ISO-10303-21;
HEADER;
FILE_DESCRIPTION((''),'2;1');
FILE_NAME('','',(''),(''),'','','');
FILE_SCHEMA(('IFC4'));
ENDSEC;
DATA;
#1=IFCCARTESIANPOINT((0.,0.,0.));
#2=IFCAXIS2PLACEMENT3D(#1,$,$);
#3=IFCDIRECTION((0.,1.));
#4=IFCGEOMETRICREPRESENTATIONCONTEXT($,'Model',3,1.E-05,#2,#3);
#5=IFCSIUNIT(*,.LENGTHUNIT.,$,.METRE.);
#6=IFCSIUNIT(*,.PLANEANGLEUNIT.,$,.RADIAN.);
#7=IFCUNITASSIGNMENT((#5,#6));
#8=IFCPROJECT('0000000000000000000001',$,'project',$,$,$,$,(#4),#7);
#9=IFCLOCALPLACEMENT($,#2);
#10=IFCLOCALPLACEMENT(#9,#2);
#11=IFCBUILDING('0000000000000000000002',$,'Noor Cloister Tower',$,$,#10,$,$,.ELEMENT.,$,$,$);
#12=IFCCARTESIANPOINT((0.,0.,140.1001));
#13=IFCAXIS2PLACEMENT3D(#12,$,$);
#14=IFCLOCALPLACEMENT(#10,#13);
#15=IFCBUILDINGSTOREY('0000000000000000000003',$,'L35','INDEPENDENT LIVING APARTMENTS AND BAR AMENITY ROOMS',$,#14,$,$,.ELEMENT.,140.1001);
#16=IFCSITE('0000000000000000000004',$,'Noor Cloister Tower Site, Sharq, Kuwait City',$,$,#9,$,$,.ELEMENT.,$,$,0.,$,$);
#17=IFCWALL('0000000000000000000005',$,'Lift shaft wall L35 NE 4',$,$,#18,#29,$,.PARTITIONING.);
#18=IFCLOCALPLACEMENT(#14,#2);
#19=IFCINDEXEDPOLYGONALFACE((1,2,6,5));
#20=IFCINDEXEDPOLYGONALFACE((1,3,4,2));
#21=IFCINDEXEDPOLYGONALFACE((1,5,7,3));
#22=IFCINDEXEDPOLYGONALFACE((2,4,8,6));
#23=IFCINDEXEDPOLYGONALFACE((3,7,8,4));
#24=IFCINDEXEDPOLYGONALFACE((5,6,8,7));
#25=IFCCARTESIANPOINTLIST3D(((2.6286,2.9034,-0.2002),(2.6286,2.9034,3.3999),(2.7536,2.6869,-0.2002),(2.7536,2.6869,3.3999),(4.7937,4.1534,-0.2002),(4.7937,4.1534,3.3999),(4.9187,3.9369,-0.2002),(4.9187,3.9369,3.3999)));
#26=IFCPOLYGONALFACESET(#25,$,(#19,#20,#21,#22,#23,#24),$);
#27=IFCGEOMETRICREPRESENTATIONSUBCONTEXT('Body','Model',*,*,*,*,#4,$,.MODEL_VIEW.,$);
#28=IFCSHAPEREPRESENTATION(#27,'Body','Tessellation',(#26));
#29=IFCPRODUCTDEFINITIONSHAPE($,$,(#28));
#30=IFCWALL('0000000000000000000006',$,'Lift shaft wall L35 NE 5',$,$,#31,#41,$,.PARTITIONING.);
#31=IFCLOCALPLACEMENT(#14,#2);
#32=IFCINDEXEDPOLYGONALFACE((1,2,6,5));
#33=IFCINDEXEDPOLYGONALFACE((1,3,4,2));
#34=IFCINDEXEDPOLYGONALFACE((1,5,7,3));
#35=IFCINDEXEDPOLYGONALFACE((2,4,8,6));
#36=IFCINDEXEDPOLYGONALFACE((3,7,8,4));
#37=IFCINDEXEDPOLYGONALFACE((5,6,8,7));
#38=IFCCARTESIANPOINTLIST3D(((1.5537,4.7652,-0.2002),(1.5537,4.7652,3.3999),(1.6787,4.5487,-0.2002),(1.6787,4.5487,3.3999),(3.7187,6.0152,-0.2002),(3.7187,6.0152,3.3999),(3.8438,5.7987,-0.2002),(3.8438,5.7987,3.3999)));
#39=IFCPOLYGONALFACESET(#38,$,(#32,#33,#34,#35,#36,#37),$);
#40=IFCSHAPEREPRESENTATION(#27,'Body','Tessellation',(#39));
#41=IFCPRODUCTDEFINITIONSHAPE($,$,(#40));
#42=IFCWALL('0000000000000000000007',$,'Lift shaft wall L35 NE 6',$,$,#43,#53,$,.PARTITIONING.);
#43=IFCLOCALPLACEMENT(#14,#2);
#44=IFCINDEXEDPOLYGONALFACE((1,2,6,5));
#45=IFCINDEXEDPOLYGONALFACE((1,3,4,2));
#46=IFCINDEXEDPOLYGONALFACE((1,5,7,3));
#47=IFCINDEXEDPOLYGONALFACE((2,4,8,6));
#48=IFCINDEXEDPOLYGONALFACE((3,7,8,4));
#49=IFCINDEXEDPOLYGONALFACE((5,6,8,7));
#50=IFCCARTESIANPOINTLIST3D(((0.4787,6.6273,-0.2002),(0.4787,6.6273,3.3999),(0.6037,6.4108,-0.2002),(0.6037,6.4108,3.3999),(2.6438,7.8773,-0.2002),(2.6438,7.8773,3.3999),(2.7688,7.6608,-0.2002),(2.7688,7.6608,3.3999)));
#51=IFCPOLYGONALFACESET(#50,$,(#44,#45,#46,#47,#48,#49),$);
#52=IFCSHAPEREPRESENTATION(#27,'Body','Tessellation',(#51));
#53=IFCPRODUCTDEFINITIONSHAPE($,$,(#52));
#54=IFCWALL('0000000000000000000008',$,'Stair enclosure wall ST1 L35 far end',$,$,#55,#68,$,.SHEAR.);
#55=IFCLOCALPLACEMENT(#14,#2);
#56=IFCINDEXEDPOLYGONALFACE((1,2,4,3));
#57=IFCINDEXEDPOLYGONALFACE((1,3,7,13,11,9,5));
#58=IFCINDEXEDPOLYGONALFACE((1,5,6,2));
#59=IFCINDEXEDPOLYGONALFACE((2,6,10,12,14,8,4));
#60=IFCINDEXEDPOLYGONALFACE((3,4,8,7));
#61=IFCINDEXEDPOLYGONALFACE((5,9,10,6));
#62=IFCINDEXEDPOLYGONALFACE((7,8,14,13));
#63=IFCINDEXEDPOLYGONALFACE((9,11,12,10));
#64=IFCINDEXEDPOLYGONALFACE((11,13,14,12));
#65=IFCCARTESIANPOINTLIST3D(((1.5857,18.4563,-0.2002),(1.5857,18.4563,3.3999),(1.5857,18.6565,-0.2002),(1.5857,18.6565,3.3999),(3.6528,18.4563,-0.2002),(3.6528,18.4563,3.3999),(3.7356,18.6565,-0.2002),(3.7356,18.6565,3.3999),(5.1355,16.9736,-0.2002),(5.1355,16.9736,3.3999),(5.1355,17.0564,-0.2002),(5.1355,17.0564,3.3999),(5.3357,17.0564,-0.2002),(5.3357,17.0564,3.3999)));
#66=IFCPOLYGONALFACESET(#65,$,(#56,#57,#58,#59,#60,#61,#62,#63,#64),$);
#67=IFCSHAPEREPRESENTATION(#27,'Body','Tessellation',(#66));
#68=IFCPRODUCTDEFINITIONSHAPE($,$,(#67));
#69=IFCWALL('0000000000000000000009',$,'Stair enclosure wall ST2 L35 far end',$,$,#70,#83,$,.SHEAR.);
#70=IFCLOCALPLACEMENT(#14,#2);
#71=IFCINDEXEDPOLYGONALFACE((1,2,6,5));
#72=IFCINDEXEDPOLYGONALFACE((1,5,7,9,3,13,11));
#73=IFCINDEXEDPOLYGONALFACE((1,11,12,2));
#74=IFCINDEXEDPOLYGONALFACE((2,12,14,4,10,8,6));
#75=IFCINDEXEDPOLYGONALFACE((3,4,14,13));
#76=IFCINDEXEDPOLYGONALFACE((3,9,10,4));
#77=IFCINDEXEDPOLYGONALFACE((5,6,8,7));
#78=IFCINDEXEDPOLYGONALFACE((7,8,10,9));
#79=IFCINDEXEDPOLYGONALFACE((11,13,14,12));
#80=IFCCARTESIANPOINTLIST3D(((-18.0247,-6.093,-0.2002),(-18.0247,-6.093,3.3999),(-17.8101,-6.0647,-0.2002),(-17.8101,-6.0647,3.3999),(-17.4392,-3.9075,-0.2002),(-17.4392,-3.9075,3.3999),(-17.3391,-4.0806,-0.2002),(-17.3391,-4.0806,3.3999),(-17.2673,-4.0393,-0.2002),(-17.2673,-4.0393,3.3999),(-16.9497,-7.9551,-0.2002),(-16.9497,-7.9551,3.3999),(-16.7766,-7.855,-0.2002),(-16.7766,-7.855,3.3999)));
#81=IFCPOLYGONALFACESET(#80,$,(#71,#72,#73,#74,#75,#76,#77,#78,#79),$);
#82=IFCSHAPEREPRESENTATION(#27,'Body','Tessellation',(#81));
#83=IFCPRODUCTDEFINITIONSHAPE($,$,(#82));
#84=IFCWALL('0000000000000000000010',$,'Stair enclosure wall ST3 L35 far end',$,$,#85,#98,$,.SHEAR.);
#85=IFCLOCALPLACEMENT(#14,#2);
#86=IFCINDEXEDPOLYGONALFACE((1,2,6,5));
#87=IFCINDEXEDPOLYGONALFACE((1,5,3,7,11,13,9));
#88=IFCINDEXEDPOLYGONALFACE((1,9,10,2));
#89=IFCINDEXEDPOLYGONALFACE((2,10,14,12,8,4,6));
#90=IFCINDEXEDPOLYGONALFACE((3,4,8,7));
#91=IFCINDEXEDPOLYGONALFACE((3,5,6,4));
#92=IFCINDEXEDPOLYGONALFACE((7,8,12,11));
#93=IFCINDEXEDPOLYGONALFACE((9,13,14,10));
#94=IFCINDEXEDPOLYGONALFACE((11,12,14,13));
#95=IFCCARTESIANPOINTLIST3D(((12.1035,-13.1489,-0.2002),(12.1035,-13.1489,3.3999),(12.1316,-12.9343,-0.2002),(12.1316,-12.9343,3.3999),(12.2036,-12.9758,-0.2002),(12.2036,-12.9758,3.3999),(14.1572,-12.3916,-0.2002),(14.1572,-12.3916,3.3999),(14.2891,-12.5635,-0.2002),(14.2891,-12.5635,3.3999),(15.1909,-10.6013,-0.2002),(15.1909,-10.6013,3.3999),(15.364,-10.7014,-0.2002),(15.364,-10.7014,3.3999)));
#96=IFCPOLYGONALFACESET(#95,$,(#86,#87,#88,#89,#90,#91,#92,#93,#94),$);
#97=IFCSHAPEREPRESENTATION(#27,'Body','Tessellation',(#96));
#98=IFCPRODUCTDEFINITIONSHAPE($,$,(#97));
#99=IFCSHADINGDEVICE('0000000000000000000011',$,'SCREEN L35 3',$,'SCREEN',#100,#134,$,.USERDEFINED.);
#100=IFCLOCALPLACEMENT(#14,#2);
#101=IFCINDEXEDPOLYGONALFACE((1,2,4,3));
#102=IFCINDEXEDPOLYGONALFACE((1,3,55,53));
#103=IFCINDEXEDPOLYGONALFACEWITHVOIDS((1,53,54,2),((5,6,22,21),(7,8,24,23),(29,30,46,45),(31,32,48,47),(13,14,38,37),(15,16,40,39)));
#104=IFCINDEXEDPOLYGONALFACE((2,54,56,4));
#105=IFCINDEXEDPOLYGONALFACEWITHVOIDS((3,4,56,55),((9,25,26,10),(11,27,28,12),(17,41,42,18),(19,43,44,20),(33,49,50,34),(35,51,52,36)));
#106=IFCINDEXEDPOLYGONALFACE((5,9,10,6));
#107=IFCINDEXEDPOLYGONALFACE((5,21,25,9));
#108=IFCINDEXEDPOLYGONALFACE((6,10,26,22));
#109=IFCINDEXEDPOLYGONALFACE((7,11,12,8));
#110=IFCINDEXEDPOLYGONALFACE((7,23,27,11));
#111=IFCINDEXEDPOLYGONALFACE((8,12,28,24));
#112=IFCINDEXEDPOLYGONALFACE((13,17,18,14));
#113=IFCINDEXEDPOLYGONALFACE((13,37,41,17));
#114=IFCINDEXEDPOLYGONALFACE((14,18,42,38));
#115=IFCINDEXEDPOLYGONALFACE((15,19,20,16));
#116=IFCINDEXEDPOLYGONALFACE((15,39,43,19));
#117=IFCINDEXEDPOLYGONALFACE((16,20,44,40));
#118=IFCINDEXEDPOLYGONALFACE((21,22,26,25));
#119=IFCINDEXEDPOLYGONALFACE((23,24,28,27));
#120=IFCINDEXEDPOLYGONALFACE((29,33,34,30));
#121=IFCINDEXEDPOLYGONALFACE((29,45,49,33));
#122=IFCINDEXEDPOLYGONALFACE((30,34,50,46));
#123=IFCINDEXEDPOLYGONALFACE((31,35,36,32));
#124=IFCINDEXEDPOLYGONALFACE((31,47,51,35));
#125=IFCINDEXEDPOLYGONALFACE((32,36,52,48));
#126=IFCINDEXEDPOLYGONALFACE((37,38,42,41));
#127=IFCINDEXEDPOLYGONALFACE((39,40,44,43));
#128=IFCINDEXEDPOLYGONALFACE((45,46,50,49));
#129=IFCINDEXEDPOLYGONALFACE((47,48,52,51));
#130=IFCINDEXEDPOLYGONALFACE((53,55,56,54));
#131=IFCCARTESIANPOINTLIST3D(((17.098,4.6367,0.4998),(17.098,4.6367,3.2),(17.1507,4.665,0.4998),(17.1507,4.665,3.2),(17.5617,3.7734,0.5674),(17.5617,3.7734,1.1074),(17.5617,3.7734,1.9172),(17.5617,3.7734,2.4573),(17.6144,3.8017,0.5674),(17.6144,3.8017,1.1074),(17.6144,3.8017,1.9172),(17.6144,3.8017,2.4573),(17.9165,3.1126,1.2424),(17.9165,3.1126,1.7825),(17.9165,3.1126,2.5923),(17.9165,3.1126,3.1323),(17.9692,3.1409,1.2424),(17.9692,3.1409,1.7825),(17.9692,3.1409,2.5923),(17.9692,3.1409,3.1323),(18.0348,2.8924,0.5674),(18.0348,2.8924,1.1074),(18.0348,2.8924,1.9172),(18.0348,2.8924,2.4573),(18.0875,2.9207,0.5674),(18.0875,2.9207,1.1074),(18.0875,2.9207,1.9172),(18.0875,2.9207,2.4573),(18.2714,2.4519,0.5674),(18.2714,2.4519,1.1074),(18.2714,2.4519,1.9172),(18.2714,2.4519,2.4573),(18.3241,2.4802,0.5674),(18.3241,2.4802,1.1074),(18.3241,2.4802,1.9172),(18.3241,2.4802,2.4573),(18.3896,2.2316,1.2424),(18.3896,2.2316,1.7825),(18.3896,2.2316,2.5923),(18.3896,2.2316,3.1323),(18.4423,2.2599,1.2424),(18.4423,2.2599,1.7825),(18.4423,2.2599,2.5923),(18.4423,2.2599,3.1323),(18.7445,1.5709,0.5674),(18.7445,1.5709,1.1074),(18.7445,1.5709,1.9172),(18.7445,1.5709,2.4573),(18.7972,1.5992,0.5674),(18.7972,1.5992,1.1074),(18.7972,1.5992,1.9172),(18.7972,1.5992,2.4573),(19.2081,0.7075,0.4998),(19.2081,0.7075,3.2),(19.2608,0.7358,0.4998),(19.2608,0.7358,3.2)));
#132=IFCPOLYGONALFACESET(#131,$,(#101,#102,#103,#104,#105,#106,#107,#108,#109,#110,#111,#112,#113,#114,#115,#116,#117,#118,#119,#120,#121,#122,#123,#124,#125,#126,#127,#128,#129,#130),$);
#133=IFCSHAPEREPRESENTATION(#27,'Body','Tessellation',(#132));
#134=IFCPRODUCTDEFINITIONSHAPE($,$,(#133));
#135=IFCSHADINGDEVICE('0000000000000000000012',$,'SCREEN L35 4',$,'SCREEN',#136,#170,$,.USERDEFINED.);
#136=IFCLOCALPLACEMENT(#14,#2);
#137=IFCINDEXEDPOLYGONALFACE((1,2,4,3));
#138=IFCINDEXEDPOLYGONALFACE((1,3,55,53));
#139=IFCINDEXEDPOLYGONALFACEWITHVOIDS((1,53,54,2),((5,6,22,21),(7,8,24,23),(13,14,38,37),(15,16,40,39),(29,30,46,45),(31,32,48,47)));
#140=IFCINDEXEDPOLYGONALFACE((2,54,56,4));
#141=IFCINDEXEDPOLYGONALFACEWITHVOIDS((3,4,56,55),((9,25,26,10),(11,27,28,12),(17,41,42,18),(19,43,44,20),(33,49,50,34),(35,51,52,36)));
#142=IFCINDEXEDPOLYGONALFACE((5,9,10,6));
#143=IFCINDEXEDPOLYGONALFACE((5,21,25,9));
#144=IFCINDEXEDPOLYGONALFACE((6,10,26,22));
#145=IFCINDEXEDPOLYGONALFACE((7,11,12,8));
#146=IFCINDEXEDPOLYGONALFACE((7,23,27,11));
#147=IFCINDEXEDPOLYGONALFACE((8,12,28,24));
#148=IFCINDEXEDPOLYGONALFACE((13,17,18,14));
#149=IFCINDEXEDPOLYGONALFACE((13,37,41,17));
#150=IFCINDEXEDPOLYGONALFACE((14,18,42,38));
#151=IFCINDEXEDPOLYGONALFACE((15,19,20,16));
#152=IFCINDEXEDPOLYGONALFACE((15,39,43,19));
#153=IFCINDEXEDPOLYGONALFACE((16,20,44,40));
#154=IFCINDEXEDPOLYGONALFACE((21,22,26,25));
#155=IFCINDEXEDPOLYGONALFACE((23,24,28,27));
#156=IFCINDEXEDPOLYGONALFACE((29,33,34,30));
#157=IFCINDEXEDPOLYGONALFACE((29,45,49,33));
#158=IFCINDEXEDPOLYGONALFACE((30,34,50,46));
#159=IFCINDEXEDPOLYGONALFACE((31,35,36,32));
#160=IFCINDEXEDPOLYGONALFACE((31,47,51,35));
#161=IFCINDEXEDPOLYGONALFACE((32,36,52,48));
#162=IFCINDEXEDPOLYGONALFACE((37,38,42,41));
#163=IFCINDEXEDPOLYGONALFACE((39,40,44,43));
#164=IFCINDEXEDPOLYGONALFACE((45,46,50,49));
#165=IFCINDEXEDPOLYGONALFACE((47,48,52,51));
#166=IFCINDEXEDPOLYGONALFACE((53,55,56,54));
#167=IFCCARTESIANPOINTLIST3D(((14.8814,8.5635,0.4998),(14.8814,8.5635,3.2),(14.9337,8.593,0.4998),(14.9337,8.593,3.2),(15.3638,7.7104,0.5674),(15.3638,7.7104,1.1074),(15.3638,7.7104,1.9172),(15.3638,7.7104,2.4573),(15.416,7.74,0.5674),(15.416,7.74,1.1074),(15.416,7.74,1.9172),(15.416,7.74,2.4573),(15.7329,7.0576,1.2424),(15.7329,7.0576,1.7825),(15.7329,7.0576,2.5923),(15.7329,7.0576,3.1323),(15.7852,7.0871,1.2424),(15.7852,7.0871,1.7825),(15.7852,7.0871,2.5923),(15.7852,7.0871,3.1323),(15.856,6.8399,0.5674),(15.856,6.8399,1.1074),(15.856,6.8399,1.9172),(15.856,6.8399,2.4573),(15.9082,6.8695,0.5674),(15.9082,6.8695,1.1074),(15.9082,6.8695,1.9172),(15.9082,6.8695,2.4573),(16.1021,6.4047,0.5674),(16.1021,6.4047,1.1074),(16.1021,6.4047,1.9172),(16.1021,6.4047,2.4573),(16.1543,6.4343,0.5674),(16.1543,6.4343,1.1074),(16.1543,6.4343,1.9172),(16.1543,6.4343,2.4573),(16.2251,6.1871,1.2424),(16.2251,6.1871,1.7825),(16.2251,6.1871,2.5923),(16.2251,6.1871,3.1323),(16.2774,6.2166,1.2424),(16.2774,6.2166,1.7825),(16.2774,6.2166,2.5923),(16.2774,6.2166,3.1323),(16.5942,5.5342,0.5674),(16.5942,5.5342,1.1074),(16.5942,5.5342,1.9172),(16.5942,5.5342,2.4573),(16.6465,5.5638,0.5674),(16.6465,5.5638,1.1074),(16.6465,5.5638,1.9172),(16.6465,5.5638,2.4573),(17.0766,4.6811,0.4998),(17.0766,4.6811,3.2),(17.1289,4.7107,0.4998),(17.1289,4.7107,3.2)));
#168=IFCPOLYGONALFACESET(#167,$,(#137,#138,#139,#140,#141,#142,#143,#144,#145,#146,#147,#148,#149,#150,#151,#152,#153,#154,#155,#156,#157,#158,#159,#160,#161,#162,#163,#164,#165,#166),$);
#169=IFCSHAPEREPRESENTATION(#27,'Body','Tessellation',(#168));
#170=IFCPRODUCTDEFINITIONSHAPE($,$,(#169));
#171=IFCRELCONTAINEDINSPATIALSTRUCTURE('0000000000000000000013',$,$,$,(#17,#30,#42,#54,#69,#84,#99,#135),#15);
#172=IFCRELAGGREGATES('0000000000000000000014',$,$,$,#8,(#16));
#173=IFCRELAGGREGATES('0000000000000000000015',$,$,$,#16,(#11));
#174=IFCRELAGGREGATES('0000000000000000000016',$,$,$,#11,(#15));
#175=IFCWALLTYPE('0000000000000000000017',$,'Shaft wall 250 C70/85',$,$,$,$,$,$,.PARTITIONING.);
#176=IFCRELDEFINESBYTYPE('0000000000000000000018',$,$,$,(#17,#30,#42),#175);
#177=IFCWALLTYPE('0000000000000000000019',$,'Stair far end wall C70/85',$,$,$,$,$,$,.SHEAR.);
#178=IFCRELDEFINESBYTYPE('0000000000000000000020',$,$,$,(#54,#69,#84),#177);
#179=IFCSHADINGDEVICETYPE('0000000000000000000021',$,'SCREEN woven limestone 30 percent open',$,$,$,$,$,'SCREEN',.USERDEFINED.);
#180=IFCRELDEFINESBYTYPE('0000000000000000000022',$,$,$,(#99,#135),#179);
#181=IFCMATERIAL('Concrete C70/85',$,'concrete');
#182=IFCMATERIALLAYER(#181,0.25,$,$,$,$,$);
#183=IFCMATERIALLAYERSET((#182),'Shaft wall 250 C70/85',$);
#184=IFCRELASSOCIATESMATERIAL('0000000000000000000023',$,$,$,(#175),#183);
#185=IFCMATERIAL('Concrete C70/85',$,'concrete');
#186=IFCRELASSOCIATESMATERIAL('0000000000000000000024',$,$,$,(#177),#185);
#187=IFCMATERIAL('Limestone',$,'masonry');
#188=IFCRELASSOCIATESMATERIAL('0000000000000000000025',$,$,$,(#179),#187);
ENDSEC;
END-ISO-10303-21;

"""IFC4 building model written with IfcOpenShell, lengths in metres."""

from ifc_helpers import new_model, si_unit, direction, frame, frame_2d, origin, place, context, subcontext, project, spatial, polyline, rectangle, outline, extrude, material, layer, layer_set, material_profile, profile_set, type_object, element, save


model = new_model("IFC4")

# Units and contexts
model_context = context("Model", 3, precision=1e-05, world=origin(), true_north=direction((0.0, 1.0)))
body_context = subcontext(model_context, "Body", "Model", "MODEL_VIEW")
ifc_project = project(units=[si_unit("LENGTHUNIT", "METRE"), si_unit("PLANEANGLEUNIT", "RADIAN")], contexts=[model_context])

# Site, building, storey
site_placement = place(None, origin())
site = spatial("IfcSite", under=ifc_project, at=site_placement, Name="Noor Cloister Tower Site, Sharq, Kuwait City", CompositionType="ELEMENT", RefElevation=0.0)
building_placement = place(site_placement, origin())
building = spatial("IfcBuilding", under=site, at=building_placement, Name="Noor Cloister Tower", CompositionType="ELEMENT")
storey_placement = place(building_placement, frame((0.0, 0.0, 140.1001)))
storey = spatial("IfcBuildingStorey", under=building, at=storey_placement, Name="L35", Description="INDEPENDENT LIVING APARTMENTS AND BAR AMENITY ROOMS", CompositionType="ELEMENT", Elevation=140.1001)

# Walls
ifc_material_1 = material(Name="Concrete C70/85", Category="concrete")
ifc_layer_1 = layer(ifc_material_1, 0.25)
ifc_layer_set_1 = layer_set([ifc_layer_1], Name="Shaft wall 250 C70/85")
wall_type_1 = type_object("IfcWallType", Name="Shaft wall 250 C70/85", PredefinedType="PARTITIONING", material=ifc_layer_set_1)
for number, where, z_axis, x_axis, name in (
    (1, (4.8562, 4.0452, -0.2002), (0.0, 0.0, 1.0), (-0.866023, -0.500004, 0.0), "Lift shaft wall L35 NE 4"),
    (2, (3.7812, 5.907, -0.2002), (0.0, 0.0, 1.0), (-0.866023, -0.500004, 0.0), "Lift shaft wall L35 NE 5"),
    (3, (2.7063, 7.769, -0.2002), (0.0, 0.0, 1.0), (-0.866023, -0.500004, 0.0), "Lift shaft wall L35 NE 6"),
):
    element("IfcWall", number, at=place(storey_placement, frame(where, z_axis=z_axis, x_axis=x_axis)), inside=storey, type_object=wall_type_1, Name=name, PredefinedType="PARTITIONING", context=body_context, shape_type="SweptSolid", body=[
        extrude(rectangle(XDim=2.5, YDim=0.25, at=frame_2d((1.25, 0.0))), origin(), (0.0, 0.0, 1.0), 3.6001),
    ])
ifc_material_2 = material(Name="Concrete C70/85", Category="concrete")
wall_type_2 = type_object("IfcWallType", Name="Stair far end wall C70/85", PredefinedType="SHEAR", material=ifc_material_2)
wall_1_placement = place(storey_placement, frame((0.0, 0.0, -0.2002)))
element("IfcWall", 4, at=wall_1_placement, inside=storey, type_object=wall_type_2, Name="Stair enclosure wall ST1 L35 far end", PredefinedType="SHEAR", context=body_context, shape_type="SweptSolid", body=[
    extrude(outline(polyline([(5.3357, 17.0564), (3.7356, 18.6565), (1.5857, 18.6565), (1.5857, 18.4563), (3.6528, 18.4563), (5.1355, 16.9736), (5.1355, 17.0564), (5.1355, 17.0564), (5.1355, 17.0564), (5.1355, 17.0564), (5.1355, 17.0564), (5.1355, 17.0564), (5.1355, 17.0564), (5.1355, 17.0564), (5.1355, 17.0564), (5.1355, 17.0564), (5.1355, 17.0564), (5.1355, 17.0564), (5.1355, 17.0564), (5.1355, 17.0564), (5.1355, 17.0564), (5.1355, 17.0564), (5.1355, 17.0564), (5.3357, 17.0564)])), origin(), (0.0, 0.0, 1.0), 3.6001),
])
wall_2_placement = place(storey_placement, frame((0.0, 0.0, -0.2002)))
element("IfcWall", 5, at=wall_2_placement, inside=storey, type_object=wall_type_2, Name="Stair enclosure wall ST2 L35 far end", PredefinedType="SHEAR", context=body_context, shape_type="SweptSolid", body=[
    extrude(outline(polyline([(-17.4392, -3.9075), (-18.0247, -6.093), (-16.9497, -7.9551), (-16.7766, -7.855), (-17.8101, -6.0647), (-17.2673, -4.0393), (-17.3391, -4.0806), (-17.3391, -4.0806), (-17.3391, -4.0806), (-17.3391, -4.0806), (-17.3391, -4.0806), (-17.3391, -4.0806), (-17.3391, -4.0806), (-17.3391, -4.0806), (-17.3391, -4.0806), (-17.3391, -4.0806), (-17.3391, -4.0806), (-17.3391, -4.0806), (-17.3391, -4.0806), (-17.3391, -4.0806), (-17.3391, -4.0806), (-17.3391, -4.0806), (-17.3391, -4.0806), (-17.4392, -3.9075)])), origin(), (0.0, 0.0, 1.0), 3.6001),
])
wall_3_placement = place(storey_placement, frame((0.0, 0.0, -0.2002)))
element("IfcWall", 6, at=wall_3_placement, inside=storey, type_object=wall_type_2, Name="Stair enclosure wall ST3 L35 far end", PredefinedType="SHEAR", context=body_context, shape_type="SweptSolid", body=[
    extrude(outline(polyline([(12.1035, -13.1489), (14.2891, -12.5635), (15.364, -10.7014), (15.1909, -10.6013), (14.1572, -12.3916), (12.1316, -12.9343), (12.2036, -12.9758), (12.2036, -12.9758), (12.2036, -12.9758), (12.2036, -12.9758), (12.2036, -12.9758), (12.2036, -12.9758), (12.2036, -12.9758), (12.2036, -12.9758), (12.2036, -12.9758), (12.2036, -12.9758), (12.2036, -12.9758), (12.2036, -12.9758), (12.2036, -12.9758), (12.2036, -12.9758), (12.2036, -12.9758), (12.2036, -12.9758), (12.2036, -12.9758), (12.1035, -13.1489)])), origin(), (0.0, 0.0, 1.0), 3.6001),
])

# Shading devices
ifc_material_3 = material(Name="Limestone", Category="masonry")
ifc_material_profile_1 = material_profile(ifc_material_3, outline(polyline([(-2.23, -1.3501), (2.23, -1.3501), (2.23, 1.3501), (-2.23, 1.3501), (-2.23, -1.3501)]), holes=[polyline([(-1.25, -1.2825), (-0.25, -1.2825), (-0.25, -0.7424), (-1.25, -0.7424), (-1.25, -1.2825)]), polyline([(0.25, -1.2825), (1.25, -1.2825), (1.25, -0.7424), (0.25, -0.7424), (0.25, -1.2825)]), polyline([(-0.5, -0.6074), (0.5, -0.6074), (0.5, -0.0674), (-0.5, -0.0674), (-0.5, -0.6074)]), polyline([(-1.25, 0.0674), (-0.25, 0.0674), (-0.25, 0.6074), (-1.25, 0.6074), (-1.25, 0.0674)]), polyline([(0.25, 0.0674), (1.25, 0.0674), (1.25, 0.6074), (0.25, 0.6074), (0.25, 0.0674)]), polyline([(-0.5, 0.7424), (0.5, 0.7424), (0.5, 1.2825), (-0.5, 1.2825), (-0.5, 0.7424)])]), Name="Woven screen 30 percent open")
ifc_profile_set_1 = profile_set([ifc_material_profile_1], Name="Limestone")
shading_device_type = type_object("IfcShadingDeviceType", Name="SCREEN woven limestone 30 percent open", ElementType="SCREEN", PredefinedType="USERDEFINED", material=ifc_profile_set_1)
shading_device_1_placement = place(storey_placement, frame((18.1531, 2.6721, 1.8499), z_axis=(0.880994, 0.473127, 0.0), x_axis=(-0.473127, 0.880994, 0.0)))
element("IfcShadingDevice", 7, at=shading_device_1_placement, inside=storey, type_object=shading_device_type, Name="SCREEN L35 3", ObjectType="SCREEN", PredefinedType="USERDEFINED", context=body_context, shape_type="SweptSolid", body=[
    extrude(outline(polyline([(-2.23, -1.3501), (2.23, -1.3501), (2.23, 1.3501), (-2.23, 1.3501), (-2.23, -1.3501)]), holes=[polyline([(-1.25, -1.2825), (-0.25, -1.2825), (-0.25, -0.7424), (-1.25, -0.7424), (-1.25, -1.2825)]), polyline([(0.25, -1.2825), (1.25, -1.2825), (1.25, -0.7424), (0.25, -0.7424), (0.25, -1.2825)]), polyline([(-0.5, -0.6074), (0.5, -0.6074), (0.5, -0.0674), (-0.5, -0.0674), (-0.5, -0.6074)]), polyline([(-1.25, 0.0674), (-0.25, 0.0674), (-0.25, 0.6074), (-1.25, 0.6074), (-1.25, 0.0674)]), polyline([(0.25, 0.0674), (1.25, 0.0674), (1.25, 0.6074), (0.25, 0.6074), (0.25, 0.0674)]), polyline([(-0.5, 0.7424), (0.5, 0.7424), (0.5, 1.2825), (-0.5, 1.2825), (-0.5, 0.7424)])]), origin(), (0.0, 0.0, 1.0), 0.0598),
])
shading_device_2_placement = place(storey_placement, frame((15.979, 6.6223, 1.8499), z_axis=(0.870487, 0.492191, 0.0), x_axis=(-0.492191, 0.870487, 0.0)))
element("IfcShadingDevice", 8, at=shading_device_2_placement, inside=storey, type_object=shading_device_type, Name="SCREEN L35 4", ObjectType="SCREEN", PredefinedType="USERDEFINED", context=body_context, shape_type="SweptSolid", body=[
    extrude(outline(polyline([(-2.23, -1.3501), (2.23, -1.3501), (2.23, 1.3501), (-2.23, 1.3501), (-2.23, -1.3501)]), holes=[polyline([(-1.25, -1.2825), (-0.25, -1.2825), (-0.25, -0.7424), (-1.25, -0.7424), (-1.25, -1.2825)]), polyline([(0.25, -1.2825), (1.25, -1.2825), (1.25, -0.7424), (0.25, -0.7424), (0.25, -1.2825)]), polyline([(-0.5, -0.6074), (0.5, -0.6074), (0.5, -0.0674), (-0.5, -0.0674), (-0.5, -0.6074)]), polyline([(-1.25, 0.0674), (-0.25, 0.0674), (-0.25, 0.6074), (-1.25, 0.6074), (-1.25, 0.0674)]), polyline([(0.25, 0.0674), (1.25, 0.0674), (1.25, 0.6074), (0.25, 0.6074), (0.25, 0.0674)]), polyline([(-0.5, 0.7424), (0.5, 0.7424), (0.5, 1.2825), (-0.5, 1.2825), (-0.5, 0.7424)])]), origin(), (0.0, 0.0, 1.0), 0.0601),
])

save(model, "model.ifc")
